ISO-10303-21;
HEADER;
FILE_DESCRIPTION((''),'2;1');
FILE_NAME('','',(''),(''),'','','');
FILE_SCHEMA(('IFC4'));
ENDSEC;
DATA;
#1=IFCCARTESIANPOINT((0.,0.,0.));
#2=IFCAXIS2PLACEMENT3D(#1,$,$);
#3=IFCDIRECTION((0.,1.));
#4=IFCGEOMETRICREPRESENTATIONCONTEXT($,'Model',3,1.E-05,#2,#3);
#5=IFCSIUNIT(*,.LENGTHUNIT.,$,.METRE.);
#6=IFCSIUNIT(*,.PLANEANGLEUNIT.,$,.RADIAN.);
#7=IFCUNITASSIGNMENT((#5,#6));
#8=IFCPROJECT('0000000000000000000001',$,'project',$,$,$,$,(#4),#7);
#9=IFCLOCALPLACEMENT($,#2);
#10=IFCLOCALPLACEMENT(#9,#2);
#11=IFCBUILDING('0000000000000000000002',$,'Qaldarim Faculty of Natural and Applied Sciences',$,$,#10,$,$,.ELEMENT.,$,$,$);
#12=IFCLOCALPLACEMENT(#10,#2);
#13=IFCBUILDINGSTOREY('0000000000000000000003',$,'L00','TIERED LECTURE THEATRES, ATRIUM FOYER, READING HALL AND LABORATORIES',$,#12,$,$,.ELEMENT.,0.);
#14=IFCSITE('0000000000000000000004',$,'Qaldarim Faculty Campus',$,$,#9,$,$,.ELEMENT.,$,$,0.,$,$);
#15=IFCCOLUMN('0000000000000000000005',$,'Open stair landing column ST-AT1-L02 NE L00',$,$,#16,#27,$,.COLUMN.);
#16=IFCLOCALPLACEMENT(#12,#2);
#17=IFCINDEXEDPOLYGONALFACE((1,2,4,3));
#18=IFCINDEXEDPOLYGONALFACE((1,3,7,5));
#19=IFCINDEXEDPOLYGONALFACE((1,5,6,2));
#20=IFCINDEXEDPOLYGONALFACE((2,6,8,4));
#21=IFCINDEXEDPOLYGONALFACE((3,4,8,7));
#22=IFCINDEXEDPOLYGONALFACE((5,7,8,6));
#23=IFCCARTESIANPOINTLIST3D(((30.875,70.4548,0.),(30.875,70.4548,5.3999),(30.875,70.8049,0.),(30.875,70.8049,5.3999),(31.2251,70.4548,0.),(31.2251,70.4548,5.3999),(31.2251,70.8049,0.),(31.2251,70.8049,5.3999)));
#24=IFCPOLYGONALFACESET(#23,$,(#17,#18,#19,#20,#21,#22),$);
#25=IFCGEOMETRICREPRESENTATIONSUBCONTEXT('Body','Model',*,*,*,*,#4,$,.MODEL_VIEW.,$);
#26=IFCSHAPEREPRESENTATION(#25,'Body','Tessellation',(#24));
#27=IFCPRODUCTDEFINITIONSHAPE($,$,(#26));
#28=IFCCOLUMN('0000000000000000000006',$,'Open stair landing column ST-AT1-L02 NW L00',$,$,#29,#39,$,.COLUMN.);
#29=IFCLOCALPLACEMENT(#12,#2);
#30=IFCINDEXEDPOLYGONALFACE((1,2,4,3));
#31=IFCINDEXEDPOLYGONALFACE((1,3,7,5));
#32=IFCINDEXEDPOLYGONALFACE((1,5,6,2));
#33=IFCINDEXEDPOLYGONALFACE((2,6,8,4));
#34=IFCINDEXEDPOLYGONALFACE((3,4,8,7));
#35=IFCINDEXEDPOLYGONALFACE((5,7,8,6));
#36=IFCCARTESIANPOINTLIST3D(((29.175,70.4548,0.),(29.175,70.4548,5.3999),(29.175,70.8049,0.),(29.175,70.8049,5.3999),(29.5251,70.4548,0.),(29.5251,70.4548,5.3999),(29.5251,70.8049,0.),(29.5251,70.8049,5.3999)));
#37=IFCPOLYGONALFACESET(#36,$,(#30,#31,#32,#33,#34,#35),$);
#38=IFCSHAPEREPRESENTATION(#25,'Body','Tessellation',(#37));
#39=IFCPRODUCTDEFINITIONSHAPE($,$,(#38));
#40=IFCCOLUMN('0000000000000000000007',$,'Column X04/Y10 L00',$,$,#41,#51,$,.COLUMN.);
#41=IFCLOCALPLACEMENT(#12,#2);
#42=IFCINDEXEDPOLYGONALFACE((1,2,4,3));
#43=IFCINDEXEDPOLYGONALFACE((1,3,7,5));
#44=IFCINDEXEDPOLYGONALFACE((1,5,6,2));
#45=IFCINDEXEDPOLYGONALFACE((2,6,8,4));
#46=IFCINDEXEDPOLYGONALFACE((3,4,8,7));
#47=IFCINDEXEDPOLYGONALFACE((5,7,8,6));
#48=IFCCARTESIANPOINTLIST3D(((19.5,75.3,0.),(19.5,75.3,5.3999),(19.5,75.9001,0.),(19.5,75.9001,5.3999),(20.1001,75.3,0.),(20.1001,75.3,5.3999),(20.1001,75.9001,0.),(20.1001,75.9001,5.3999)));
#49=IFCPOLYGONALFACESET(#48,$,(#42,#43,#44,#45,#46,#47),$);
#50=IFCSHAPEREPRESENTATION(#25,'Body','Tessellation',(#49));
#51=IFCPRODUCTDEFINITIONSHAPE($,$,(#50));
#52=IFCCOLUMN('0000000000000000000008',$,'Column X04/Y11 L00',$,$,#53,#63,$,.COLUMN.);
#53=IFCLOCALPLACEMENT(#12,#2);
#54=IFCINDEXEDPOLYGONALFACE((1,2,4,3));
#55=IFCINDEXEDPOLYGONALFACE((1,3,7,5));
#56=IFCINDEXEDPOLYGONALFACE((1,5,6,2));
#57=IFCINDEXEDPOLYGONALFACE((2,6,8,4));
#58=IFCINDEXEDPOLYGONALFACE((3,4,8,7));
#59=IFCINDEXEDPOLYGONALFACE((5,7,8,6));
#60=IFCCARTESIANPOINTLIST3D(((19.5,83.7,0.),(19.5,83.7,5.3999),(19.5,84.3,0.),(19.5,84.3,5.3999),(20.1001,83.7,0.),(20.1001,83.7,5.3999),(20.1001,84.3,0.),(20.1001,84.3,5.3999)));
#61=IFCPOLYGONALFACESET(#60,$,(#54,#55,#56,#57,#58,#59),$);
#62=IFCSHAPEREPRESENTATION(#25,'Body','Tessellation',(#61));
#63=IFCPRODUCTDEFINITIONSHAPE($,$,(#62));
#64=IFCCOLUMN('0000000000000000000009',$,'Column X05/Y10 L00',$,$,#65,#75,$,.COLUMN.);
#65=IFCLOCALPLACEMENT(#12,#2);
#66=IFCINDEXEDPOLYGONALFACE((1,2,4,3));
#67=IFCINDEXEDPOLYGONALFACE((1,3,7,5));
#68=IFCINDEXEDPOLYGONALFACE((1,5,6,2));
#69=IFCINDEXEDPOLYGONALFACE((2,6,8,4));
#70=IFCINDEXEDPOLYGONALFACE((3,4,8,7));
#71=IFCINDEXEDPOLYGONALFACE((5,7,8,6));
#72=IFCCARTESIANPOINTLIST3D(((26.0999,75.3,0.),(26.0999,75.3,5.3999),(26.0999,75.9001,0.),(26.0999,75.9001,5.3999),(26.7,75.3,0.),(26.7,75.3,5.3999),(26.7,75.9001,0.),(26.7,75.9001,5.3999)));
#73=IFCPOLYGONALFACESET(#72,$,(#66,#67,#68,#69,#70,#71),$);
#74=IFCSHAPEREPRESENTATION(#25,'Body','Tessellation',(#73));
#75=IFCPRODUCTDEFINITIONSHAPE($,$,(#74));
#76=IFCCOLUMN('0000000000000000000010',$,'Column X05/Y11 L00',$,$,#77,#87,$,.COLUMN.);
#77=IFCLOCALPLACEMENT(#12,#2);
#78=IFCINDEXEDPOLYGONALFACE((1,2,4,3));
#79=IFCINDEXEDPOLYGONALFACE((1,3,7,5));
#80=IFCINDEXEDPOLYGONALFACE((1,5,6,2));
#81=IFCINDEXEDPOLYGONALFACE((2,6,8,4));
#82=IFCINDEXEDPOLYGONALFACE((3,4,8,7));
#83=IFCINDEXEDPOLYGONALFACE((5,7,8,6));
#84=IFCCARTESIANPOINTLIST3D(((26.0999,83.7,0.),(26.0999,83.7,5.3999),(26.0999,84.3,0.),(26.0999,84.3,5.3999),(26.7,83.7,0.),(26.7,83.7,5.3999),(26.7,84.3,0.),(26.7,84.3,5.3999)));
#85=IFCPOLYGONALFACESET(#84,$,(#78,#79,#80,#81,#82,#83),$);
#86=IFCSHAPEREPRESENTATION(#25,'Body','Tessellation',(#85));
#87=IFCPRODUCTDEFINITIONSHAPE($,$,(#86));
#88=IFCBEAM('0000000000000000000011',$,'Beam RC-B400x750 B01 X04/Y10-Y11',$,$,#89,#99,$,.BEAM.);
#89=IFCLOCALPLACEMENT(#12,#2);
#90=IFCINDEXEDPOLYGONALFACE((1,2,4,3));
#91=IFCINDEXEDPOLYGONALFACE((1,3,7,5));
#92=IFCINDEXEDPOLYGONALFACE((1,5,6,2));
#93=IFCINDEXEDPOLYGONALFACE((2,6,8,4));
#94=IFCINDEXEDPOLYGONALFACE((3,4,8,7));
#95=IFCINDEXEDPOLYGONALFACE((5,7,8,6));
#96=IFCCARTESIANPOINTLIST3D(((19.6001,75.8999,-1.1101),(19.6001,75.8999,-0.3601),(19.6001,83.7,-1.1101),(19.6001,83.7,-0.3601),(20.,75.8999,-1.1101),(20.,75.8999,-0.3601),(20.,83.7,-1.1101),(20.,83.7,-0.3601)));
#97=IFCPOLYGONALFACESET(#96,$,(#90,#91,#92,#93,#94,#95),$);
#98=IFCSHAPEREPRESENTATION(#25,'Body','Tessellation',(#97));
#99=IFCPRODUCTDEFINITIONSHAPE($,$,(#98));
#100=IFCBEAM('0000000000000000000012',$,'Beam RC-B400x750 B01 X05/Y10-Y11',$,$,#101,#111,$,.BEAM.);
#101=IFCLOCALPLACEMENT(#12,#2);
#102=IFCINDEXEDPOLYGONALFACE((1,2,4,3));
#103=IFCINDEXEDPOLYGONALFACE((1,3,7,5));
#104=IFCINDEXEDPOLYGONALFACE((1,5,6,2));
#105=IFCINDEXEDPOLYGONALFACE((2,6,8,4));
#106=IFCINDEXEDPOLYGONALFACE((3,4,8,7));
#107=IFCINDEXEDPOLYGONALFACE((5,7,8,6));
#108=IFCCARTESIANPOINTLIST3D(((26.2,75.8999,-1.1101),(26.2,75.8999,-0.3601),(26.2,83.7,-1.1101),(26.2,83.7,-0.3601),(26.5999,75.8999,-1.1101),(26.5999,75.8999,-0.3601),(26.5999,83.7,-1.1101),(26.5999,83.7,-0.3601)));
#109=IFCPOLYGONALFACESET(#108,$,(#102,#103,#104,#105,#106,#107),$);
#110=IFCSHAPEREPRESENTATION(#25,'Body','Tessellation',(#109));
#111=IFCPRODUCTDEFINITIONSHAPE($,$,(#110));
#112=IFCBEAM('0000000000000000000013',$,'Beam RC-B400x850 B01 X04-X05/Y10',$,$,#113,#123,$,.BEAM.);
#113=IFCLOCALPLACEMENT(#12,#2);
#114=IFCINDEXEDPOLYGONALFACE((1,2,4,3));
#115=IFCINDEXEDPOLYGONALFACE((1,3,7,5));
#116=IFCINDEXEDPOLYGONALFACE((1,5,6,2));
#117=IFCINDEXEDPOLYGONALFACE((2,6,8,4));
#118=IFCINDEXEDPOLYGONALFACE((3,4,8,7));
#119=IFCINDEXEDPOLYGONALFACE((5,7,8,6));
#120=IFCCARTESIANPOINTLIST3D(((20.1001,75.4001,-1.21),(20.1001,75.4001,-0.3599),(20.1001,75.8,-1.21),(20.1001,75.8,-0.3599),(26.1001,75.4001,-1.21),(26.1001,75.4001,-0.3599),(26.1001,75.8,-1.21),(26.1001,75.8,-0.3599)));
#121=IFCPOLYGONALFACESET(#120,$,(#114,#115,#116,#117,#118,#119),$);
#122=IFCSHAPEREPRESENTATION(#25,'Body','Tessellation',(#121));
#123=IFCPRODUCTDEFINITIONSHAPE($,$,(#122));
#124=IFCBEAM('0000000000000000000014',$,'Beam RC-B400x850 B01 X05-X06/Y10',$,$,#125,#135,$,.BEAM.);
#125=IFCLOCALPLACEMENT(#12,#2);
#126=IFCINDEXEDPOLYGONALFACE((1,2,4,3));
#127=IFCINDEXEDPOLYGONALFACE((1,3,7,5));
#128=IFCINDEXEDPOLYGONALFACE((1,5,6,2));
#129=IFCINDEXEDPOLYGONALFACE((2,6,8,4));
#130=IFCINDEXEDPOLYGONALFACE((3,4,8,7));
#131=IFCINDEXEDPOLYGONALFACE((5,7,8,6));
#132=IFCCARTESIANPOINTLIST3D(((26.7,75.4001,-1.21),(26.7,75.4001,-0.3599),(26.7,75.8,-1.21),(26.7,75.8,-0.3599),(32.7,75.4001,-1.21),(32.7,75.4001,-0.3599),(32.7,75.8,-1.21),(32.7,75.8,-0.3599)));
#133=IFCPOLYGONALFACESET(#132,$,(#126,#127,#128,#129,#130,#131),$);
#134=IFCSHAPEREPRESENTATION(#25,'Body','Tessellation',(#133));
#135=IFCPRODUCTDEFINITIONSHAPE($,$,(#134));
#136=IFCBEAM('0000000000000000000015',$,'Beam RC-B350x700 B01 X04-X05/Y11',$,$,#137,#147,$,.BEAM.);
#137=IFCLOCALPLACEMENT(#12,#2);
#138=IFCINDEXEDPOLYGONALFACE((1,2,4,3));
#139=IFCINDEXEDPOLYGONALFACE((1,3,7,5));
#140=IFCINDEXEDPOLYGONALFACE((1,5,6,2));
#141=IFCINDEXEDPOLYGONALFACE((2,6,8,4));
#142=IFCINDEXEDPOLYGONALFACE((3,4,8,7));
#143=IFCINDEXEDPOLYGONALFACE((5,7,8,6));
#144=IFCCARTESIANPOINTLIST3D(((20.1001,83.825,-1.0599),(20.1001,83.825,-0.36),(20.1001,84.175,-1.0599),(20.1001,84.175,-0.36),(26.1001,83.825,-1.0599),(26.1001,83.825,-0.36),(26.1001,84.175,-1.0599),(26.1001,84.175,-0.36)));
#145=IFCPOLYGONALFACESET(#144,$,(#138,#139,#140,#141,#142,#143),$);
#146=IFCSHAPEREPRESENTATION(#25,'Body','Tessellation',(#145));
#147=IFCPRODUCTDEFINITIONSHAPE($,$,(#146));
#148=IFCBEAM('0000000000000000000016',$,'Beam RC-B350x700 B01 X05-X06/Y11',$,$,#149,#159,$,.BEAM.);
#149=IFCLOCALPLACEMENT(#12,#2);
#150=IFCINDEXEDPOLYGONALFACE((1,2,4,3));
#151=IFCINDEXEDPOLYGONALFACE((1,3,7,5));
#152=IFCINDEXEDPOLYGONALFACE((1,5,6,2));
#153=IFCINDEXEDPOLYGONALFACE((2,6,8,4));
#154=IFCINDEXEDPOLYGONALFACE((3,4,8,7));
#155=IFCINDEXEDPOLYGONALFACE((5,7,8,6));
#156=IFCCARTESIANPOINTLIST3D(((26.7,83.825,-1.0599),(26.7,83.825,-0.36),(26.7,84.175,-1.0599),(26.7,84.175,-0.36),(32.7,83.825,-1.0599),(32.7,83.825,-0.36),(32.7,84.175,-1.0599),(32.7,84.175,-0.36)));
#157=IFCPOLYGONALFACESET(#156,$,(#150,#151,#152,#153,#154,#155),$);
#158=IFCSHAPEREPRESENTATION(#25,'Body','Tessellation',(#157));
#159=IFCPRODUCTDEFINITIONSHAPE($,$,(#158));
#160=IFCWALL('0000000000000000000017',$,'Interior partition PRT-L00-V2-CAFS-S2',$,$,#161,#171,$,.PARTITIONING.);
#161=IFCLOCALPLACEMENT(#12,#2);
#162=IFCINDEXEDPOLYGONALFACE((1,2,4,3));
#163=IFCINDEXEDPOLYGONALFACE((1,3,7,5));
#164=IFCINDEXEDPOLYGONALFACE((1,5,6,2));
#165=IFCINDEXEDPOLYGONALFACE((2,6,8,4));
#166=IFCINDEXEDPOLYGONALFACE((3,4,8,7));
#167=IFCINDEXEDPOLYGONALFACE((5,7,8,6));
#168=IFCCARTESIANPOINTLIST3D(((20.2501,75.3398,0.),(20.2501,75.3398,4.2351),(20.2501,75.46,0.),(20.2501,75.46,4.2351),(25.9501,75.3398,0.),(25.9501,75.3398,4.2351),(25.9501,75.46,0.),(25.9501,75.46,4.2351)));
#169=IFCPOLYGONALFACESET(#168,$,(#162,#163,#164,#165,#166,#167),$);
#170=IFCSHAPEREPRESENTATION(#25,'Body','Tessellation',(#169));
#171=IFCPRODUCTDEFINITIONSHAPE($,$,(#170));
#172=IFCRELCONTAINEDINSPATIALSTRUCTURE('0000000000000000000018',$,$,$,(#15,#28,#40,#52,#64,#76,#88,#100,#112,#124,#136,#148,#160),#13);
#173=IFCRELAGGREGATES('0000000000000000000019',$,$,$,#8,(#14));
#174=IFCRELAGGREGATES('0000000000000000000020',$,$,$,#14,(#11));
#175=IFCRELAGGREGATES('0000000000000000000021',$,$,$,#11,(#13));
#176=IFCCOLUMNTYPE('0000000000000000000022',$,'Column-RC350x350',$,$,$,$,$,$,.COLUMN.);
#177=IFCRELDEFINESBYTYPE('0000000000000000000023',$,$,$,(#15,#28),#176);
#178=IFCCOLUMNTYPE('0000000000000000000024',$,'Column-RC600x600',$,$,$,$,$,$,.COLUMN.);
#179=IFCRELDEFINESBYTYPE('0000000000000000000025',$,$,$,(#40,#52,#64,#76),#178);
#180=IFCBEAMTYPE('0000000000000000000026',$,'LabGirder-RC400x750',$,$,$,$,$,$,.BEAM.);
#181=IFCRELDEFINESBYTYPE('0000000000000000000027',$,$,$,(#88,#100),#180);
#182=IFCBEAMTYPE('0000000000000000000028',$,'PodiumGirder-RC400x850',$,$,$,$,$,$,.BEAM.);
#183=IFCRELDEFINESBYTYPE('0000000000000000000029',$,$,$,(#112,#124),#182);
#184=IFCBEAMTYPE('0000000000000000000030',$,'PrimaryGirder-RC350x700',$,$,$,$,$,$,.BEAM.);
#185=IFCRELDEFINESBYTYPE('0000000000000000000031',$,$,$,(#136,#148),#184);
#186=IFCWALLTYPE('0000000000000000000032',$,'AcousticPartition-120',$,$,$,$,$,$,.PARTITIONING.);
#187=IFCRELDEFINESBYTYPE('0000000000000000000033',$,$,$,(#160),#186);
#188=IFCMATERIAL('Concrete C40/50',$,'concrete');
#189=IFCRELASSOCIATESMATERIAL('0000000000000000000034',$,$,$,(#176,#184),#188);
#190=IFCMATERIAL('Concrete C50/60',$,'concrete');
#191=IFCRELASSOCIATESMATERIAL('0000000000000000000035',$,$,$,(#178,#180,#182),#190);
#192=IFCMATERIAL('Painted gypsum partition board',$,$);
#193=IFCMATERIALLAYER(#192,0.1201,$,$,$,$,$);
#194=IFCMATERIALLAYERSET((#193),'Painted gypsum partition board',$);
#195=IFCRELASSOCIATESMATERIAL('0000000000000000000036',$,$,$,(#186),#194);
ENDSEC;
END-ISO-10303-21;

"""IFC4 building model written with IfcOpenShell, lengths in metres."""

from ifc_helpers import new_model, si_unit, direction, frame, frame_2d, origin, origin_2d, place, context, subcontext, project, spatial, rectangle, extrude, material, layer, layer_set, material_profile, profile_set, type_object, element, save


model = new_model("IFC4")

# Units and contexts
model_context = context("Model", 3, precision=1e-05, world=origin(), true_north=direction((0.0, 1.0)))
body_context = subcontext(model_context, "Body", "Model", "MODEL_VIEW")
ifc_project = project(units=[si_unit("LENGTHUNIT", "METRE"), si_unit("PLANEANGLEUNIT", "RADIAN")], contexts=[model_context])

# Site, building, storey
site_placement = place(None, origin())
site = spatial("IfcSite", under=ifc_project, at=site_placement, Name="Qaldarim Faculty Campus", CompositionType="ELEMENT", RefElevation=0.0)
building_placement = place(site_placement, origin())
building = spatial("IfcBuilding", under=site, at=building_placement, Name="Qaldarim Faculty of Natural and Applied Sciences", CompositionType="ELEMENT")
storey_placement = place(building_placement, origin())
storey = spatial("IfcBuildingStorey", under=building, at=storey_placement, Name="L00", Description="TIERED LECTURE THEATRES, ATRIUM FOYER, READING HALL AND LABORATORIES", CompositionType="ELEMENT", Elevation=0.0)

# Columns
ifc_material_1 = material(Name="Concrete C40/50", Category="concrete")
ifc_material_profile_1 = material_profile(ifc_material_1, rectangle(XDim=0.3501, YDim=0.3501, at=origin_2d()), Name="RC-C350x350")
ifc_profile_set_1 = profile_set([ifc_material_profile_1], Name="Concrete C40/50")
column_type_1 = type_object("IfcColumnType", Name="Column-RC350x350", PredefinedType="COLUMN", material=ifc_profile_set_1)
for number, where, z_axis, x_axis, name in (
    (1, (31.05, 70.6299, 0.0), (0.0, 0.0, 1.0), (1.0, 0.0, 0.0), "Open stair landing column ST-AT1-L02 NE L00"),
    (2, (29.3501, 70.6299, 0.0), (0.0, 0.0, 1.0), (1.0, 0.0, 0.0), "Open stair landing column ST-AT1-L02 NW L00"),
):
    element("IfcColumn", number, at=place(storey_placement, frame(where, z_axis=z_axis, x_axis=x_axis)), inside=storey, type_object=column_type_1, Name=name, PredefinedType="COLUMN", context=body_context, shape_type="SweptSolid", body=[
        extrude(rectangle(XDim=0.3501, YDim=0.3501, at=origin_2d()), origin(), (0.0, 0.0, 1.0), 5.3999),
    ])
ifc_material_2 = material(Name="Concrete C50/60", Category="concrete")
ifc_material_profile_2 = material_profile(ifc_material_2, rectangle(XDim=0.6001, YDim=0.6001, at=origin_2d()), Name="RC-C600x600")
ifc_profile_set_2 = profile_set([ifc_material_profile_2], Name="Concrete C50/60")
column_type_2 = type_object("IfcColumnType", Name="Column-RC600x600", PredefinedType="COLUMN", material=ifc_profile_set_2)
for number, where, z_axis, x_axis, name in (
    (3, (19.8, 75.6001, 0.0), (0.0, 0.0, 1.0), (1.0, 0.0, 0.0), "Column X04/Y10 L00"),
    (4, (19.8, 84.0, 0.0), (0.0, 0.0, 1.0), (1.0, 0.0, 0.0), "Column X04/Y11 L00"),
    (5, (26.3999, 75.6001, 0.0), (0.0, 0.0, 1.0), (1.0, 0.0, 0.0), "Column X05/Y10 L00"),
    (6, (26.3999, 84.0, 0.0), (0.0, 0.0, 1.0), (1.0, 0.0, 0.0), "Column X05/Y11 L00"),
):
    element("IfcColumn", number, at=place(storey_placement, frame(where, z_axis=z_axis, x_axis=x_axis)), inside=storey, type_object=column_type_2, Name=name, PredefinedType="COLUMN", context=body_context, shape_type="SweptSolid", body=[
        extrude(rectangle(XDim=0.6001, YDim=0.6001, at=origin_2d()), origin(), (0.0, 0.0, 1.0), 5.3999),
    ])

# Beams
ifc_material_profile_3 = material_profile(ifc_material_2, rectangle(XDim=0.3999, YDim=0.75, at=origin_2d()), Name="RC-B400x750")
ifc_profile_set_3 = profile_set([ifc_material_profile_3], Name="Concrete C50/60")
beam_type_1 = type_object("IfcBeamType", Name="LabGirder-RC400x750", PredefinedType="BEAM", material=ifc_profile_set_3)
for number, where, z_axis, x_axis, name in (
    (7, (19.8, 75.8999, -0.7351), (0.0, 1.0, 0.0), (-1.0, 0.0, 0.0), "Beam RC-B400x750 B01 X04/Y10-Y11"),
    (8, (26.3999, 75.8999, -0.7351), (0.0, 1.0, 0.0), (-1.0, 0.0, 0.0), "Beam RC-B400x750 B01 X05/Y10-Y11"),
):
    element("IfcBeam", number, at=place(storey_placement, frame(where, z_axis=z_axis, x_axis=x_axis)), inside=storey, type_object=beam_type_1, Name=name, PredefinedType="BEAM", context=body_context, shape_type="SweptSolid", body=[
        extrude(rectangle(XDim=0.3999, YDim=0.75, at=origin_2d()), origin(), (0.0, 0.0, 1.0), 7.8),
    ])
ifc_material_profile_4 = material_profile(ifc_material_2, rectangle(XDim=0.3999, YDim=0.8501, at=origin_2d()), Name="RC-B400x850")
ifc_profile_set_4 = profile_set([ifc_material_profile_4], Name="Concrete C50/60")
beam_type_2 = type_object("IfcBeamType", Name="PodiumGirder-RC400x850", PredefinedType="BEAM", material=ifc_profile_set_4)
for number, where, z_axis, x_axis, name in (
    (9, (20.1001, 75.6001, -0.7849), (1.0, 0.0, 0.0), (0.0, 1.0, 0.0), "Beam RC-B400x850 B01 X04-X05/Y10"),
    (10, (26.7, 75.6001, -0.7849), (1.0, 0.0, 0.0), (0.0, 1.0, 0.0), "Beam RC-B400x850 B01 X05-X06/Y10"),
):
    element("IfcBeam", number, at=place(storey_placement, frame(where, z_axis=z_axis, x_axis=x_axis)), inside=storey, type_object=beam_type_2, Name=name, PredefinedType="BEAM", context=body_context, shape_type="SweptSolid", body=[
        extrude(rectangle(XDim=0.3999, YDim=0.8501, at=origin_2d()), origin(), (0.0, 0.0, 1.0), 6.0),
    ])
ifc_material_profile_5 = material_profile(ifc_material_1, rectangle(XDim=0.3501, YDim=0.7, at=origin_2d()), Name="RC-B350x700")
ifc_profile_set_5 = profile_set([ifc_material_profile_5], Name="Concrete C40/50")
beam_type_3 = type_object("IfcBeamType", Name="PrimaryGirder-RC350x700", PredefinedType="BEAM", material=ifc_profile_set_5)
for number, where, z_axis, x_axis, name in (
    (11, (20.1001, 84.0, -0.71), (1.0, 0.0, 0.0), (0.0, 1.0, 0.0), "Beam RC-B350x700 B01 X04-X05/Y11"),
    (12, (26.7, 84.0, -0.71), (1.0, 0.0, 0.0), (0.0, 1.0, 0.0), "Beam RC-B350x700 B01 X05-X06/Y11"),
):
    element("IfcBeam", number, at=place(storey_placement, frame(where, z_axis=z_axis, x_axis=x_axis)), inside=storey, type_object=beam_type_3, Name=name, PredefinedType="BEAM", context=body_context, shape_type="SweptSolid", body=[
        extrude(rectangle(XDim=0.3501, YDim=0.7, at=origin_2d()), origin(), (0.0, 0.0, 1.0), 6.0),
    ])

# Wall
ifc_material_3 = material(Name="Painted gypsum partition board")
ifc_layer_1 = layer(ifc_material_3, 0.1201)
ifc_layer_set_1 = layer_set([ifc_layer_1], Name="Painted gypsum partition board")
wall_type_1 = type_object("IfcWallType", Name="AcousticPartition-120", PredefinedType="PARTITIONING", material=ifc_layer_set_1)
wall_1_placement = place(storey_placement, frame((20.25, 75.3999, 0.0), z_axis=(0.0, 0.0, 1.0), x_axis=(1.0, 0.0, 0.0)))
element("IfcWall", 13, at=wall_1_placement, inside=storey, type_object=wall_type_1, Name="Interior partition PRT-L00-V2-CAFS-S2", PredefinedType="PARTITIONING", context=body_context, shape_type="SweptSolid", body=[
    extrude(rectangle(XDim=5.7, YDim=0.1201, at=frame_2d((2.8501, 0.0))), origin(), (0.0, 0.0, 1.0), 4.2351),
])

save(model, "model.ifc")
